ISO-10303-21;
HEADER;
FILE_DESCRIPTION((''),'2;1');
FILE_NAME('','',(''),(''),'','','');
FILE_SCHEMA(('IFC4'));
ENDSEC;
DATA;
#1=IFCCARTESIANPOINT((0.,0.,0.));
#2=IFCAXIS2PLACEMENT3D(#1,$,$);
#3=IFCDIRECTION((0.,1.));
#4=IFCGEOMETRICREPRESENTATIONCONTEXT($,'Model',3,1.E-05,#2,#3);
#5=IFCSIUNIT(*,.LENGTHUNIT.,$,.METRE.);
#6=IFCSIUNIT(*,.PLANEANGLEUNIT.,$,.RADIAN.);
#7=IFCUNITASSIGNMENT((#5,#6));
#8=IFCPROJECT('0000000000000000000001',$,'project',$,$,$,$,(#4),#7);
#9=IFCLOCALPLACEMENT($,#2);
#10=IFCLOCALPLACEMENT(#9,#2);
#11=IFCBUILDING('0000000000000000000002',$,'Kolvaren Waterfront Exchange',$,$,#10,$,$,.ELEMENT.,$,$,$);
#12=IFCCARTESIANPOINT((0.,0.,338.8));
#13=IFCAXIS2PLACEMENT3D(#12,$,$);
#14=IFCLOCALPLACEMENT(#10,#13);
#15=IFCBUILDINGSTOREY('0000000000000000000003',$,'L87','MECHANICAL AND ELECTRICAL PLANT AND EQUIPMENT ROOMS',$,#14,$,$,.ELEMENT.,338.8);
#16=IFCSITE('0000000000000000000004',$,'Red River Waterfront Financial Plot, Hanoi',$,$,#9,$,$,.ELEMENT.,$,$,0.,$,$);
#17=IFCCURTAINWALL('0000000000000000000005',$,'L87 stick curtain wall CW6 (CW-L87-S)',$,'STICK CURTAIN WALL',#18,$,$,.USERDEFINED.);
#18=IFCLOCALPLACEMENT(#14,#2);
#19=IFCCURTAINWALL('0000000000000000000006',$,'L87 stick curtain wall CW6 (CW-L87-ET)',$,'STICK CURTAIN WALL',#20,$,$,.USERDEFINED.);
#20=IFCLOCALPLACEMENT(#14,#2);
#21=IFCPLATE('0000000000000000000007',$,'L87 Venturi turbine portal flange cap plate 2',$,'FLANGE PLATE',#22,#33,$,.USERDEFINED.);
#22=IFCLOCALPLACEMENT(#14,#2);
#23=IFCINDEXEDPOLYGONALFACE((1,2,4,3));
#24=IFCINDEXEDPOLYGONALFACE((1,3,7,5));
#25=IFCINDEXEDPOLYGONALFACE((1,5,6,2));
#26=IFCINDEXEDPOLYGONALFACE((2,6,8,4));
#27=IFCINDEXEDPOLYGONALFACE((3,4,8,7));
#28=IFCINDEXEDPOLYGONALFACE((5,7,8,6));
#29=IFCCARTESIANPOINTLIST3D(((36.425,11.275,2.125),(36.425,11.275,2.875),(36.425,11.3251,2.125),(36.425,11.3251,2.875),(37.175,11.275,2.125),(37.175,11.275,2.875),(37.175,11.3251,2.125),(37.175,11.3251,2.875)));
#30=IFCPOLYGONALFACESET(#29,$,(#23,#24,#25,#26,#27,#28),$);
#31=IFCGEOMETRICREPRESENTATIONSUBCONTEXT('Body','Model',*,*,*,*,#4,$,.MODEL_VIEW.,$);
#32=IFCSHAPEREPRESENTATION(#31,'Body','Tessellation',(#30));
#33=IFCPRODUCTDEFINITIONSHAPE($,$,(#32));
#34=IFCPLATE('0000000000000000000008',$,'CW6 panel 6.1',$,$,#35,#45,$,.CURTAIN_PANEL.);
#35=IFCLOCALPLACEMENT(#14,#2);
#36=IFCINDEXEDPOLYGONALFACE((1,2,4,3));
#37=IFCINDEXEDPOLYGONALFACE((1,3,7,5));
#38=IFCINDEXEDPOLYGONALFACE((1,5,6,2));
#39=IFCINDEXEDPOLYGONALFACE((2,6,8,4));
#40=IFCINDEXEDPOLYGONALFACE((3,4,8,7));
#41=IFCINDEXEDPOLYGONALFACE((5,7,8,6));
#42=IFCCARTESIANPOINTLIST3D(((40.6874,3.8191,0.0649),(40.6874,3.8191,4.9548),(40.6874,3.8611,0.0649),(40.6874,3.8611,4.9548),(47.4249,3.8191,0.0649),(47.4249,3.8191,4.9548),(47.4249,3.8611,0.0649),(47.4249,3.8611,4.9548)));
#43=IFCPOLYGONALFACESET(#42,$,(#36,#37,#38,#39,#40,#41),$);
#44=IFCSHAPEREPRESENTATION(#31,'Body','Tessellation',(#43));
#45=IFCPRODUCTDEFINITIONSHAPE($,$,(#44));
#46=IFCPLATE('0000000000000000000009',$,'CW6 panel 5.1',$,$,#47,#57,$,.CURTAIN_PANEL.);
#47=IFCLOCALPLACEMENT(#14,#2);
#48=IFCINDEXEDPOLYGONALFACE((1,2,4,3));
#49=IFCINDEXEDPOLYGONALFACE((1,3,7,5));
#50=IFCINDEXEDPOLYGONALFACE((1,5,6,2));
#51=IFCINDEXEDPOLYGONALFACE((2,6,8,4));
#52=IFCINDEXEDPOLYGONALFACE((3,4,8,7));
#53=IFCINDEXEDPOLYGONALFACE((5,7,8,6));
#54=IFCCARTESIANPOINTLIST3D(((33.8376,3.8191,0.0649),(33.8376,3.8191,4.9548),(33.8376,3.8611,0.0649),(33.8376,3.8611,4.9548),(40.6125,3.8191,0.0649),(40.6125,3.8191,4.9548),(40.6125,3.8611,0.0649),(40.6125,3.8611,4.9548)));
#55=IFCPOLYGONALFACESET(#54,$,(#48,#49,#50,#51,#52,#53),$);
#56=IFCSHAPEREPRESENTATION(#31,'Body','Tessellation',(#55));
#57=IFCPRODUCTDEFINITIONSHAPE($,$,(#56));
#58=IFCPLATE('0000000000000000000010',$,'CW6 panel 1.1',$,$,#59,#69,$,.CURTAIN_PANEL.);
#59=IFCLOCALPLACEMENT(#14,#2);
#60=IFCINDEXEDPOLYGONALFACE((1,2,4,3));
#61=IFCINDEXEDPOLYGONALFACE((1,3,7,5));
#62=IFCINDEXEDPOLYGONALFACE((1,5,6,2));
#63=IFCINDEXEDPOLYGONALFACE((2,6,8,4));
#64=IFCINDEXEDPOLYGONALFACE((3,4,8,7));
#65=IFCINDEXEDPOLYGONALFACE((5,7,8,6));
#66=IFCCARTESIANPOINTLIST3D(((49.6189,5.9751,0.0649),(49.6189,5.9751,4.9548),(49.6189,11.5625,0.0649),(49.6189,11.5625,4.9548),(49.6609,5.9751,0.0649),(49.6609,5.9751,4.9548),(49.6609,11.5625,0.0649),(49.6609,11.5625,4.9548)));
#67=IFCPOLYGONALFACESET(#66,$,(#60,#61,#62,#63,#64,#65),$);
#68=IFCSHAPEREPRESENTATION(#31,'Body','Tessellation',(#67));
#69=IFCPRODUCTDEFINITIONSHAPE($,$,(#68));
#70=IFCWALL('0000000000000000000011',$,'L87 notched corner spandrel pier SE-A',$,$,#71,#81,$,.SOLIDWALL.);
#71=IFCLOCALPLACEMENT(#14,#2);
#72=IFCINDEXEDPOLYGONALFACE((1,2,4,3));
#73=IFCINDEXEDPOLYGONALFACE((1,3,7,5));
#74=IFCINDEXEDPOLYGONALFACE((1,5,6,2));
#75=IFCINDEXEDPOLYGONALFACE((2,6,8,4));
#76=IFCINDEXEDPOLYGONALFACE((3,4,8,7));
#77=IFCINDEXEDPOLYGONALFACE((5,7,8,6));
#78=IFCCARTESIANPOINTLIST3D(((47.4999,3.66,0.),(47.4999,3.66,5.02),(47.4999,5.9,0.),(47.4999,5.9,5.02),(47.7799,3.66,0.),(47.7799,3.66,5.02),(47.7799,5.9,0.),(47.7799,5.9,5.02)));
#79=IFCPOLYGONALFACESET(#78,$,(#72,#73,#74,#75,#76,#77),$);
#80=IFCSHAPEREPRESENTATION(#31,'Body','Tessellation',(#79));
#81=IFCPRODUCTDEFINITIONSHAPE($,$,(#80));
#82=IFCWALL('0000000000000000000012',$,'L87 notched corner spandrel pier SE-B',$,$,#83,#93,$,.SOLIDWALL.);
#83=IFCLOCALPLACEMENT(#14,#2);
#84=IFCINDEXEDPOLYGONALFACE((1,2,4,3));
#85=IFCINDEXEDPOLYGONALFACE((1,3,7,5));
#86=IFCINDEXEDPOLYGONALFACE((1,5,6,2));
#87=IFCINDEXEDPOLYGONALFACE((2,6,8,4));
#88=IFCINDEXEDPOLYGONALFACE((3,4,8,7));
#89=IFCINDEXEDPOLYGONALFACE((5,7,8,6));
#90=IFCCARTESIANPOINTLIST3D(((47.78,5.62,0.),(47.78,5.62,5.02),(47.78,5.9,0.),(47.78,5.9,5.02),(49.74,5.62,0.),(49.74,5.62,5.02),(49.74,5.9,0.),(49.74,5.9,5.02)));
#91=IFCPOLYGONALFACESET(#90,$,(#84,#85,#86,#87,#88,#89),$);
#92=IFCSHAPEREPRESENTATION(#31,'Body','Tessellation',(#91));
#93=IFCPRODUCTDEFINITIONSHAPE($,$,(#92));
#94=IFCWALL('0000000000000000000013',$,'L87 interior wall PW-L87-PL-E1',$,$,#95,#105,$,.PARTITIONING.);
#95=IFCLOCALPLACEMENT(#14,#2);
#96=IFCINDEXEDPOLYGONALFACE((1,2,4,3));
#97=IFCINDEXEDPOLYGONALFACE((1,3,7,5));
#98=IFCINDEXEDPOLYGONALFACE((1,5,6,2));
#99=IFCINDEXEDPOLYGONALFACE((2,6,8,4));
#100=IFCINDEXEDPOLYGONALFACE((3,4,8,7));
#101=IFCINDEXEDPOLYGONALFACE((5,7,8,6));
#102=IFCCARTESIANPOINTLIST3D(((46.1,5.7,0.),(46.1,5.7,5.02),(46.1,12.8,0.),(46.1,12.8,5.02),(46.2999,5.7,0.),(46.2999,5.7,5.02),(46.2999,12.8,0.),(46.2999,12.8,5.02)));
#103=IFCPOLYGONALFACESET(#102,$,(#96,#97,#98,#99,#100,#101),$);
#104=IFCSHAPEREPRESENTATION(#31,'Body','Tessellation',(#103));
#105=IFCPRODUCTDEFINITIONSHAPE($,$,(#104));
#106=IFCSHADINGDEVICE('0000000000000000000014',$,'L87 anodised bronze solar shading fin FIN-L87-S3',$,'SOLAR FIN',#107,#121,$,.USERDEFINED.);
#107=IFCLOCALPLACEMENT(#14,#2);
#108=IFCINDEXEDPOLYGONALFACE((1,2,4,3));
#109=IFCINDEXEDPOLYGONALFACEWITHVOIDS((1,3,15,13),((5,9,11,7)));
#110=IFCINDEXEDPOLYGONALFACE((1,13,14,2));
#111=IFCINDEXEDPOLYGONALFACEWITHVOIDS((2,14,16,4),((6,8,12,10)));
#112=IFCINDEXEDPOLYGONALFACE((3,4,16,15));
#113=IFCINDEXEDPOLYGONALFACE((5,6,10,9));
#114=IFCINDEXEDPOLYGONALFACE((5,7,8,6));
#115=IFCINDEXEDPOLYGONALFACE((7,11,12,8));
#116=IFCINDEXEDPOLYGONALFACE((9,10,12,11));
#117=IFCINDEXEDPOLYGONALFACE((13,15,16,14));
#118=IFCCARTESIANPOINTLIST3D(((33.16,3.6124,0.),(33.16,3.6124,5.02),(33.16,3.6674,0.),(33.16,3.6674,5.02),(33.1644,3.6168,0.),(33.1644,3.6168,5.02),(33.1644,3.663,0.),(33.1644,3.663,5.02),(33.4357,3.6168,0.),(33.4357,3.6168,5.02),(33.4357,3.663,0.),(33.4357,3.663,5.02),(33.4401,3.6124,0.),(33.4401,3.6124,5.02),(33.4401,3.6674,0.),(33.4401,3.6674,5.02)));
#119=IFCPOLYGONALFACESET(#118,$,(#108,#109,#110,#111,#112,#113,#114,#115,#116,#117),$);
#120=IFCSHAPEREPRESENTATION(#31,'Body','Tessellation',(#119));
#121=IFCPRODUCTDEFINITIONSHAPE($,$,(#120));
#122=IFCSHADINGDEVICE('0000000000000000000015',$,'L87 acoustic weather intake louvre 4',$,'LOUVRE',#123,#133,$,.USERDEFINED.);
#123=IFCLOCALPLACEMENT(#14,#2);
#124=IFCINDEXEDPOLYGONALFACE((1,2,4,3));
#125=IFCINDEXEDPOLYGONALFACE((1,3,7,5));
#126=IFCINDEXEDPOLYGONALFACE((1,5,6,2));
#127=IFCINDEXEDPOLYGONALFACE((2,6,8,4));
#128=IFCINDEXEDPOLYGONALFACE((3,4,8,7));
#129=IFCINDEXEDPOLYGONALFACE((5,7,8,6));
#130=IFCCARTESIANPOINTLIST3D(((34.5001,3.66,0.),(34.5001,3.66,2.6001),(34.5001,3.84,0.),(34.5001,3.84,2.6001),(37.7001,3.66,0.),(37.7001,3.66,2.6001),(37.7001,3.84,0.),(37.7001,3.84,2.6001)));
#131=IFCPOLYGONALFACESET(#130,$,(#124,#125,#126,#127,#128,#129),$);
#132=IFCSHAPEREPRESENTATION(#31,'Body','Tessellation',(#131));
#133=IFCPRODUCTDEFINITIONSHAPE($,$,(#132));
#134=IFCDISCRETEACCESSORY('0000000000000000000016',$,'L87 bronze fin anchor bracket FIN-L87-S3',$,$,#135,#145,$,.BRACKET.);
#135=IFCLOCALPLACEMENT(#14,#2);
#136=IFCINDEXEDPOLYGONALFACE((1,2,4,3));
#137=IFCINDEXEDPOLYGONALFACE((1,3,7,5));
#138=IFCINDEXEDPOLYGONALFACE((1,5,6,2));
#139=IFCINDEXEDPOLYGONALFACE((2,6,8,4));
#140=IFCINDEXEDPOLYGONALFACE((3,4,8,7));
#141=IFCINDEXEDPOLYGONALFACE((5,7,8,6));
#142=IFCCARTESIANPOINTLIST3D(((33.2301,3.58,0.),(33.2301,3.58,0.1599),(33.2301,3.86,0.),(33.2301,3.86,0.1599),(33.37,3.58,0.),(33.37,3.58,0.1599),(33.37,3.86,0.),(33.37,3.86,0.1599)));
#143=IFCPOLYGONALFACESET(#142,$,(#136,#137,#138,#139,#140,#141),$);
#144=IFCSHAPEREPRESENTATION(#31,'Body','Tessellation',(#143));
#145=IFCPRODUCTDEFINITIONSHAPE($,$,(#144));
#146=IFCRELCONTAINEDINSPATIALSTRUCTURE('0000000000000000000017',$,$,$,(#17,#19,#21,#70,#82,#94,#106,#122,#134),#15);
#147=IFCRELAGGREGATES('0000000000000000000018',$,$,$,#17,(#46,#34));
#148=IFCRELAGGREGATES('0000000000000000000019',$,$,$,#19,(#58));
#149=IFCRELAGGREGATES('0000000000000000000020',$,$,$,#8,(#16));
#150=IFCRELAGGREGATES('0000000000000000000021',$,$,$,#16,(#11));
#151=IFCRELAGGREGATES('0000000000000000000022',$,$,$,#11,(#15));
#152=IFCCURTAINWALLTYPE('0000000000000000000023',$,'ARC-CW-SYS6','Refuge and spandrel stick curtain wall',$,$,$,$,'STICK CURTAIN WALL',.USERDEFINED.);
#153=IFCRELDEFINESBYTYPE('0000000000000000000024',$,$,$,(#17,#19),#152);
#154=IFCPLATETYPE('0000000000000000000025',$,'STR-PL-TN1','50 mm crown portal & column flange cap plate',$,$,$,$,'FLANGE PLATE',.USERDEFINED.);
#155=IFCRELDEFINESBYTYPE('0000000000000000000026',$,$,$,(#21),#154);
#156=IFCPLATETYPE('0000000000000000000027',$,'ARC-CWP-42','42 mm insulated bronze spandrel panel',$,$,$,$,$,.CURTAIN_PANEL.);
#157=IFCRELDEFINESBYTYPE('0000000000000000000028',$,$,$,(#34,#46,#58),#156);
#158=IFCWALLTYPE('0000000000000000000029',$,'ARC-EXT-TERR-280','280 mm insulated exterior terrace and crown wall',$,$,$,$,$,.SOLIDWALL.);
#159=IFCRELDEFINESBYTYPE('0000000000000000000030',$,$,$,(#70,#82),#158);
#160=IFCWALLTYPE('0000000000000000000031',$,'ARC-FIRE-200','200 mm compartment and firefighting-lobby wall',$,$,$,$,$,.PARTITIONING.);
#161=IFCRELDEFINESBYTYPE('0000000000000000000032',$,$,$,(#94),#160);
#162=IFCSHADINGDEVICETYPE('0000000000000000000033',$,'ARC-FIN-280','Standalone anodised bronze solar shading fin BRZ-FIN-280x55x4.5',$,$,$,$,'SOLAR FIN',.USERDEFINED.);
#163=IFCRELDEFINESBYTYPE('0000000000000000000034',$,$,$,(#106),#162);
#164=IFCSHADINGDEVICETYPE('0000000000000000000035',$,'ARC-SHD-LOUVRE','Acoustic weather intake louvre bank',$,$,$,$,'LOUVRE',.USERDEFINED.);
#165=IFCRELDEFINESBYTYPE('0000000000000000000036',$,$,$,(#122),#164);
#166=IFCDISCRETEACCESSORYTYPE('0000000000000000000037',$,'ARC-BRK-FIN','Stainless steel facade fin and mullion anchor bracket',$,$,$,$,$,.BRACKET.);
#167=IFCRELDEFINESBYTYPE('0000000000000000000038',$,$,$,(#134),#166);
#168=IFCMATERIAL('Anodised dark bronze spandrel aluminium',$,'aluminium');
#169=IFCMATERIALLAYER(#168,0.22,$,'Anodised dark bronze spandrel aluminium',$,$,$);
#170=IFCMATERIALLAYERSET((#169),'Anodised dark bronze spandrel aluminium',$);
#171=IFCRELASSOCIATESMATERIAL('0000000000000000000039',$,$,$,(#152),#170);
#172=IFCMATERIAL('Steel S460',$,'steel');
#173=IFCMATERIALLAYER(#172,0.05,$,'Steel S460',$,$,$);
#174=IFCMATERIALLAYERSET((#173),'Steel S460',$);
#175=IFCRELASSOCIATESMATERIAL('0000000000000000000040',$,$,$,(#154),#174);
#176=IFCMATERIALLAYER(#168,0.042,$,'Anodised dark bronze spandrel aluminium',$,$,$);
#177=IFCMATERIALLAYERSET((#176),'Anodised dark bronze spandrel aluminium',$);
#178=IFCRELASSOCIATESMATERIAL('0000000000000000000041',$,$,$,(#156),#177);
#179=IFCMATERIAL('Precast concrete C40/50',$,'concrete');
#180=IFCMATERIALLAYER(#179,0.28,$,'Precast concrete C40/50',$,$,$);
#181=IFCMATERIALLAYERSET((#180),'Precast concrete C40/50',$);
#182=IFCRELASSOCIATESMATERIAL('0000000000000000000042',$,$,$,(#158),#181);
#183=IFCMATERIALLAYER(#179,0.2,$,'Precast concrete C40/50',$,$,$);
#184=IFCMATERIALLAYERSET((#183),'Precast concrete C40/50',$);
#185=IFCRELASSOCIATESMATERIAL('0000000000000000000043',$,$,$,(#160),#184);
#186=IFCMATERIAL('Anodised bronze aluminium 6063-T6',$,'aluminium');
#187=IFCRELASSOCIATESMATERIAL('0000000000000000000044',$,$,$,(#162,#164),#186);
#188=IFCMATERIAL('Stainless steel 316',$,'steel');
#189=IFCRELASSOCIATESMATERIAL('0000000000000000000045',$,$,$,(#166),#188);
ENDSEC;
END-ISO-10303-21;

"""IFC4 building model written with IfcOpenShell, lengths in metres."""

from ifc_helpers import new_model, si_unit, direction, frame, frame_2d, origin, origin_with_axes, origin_2d, place, context, subcontext, project, spatial, rectangle, hollow_rectangle, extrude, source, transform, mapped, material, layer, layer_set, material_profile, profile_set, type_object, element, aggregate, save


model = new_model("IFC4")

# Units and contexts
model_context = context("Model", 3, precision=1e-05, world=origin(), true_north=direction((0.0, 1.0)))
body_context = subcontext(model_context, "Body", "Model", "MODEL_VIEW")
ifc_project = project(units=[si_unit("LENGTHUNIT", "METRE"), si_unit("PLANEANGLEUNIT", "RADIAN")], contexts=[model_context])

# Site, building, storey
site_placement = place(None, origin())
site = spatial("IfcSite", under=ifc_project, at=site_placement, Name="Red River Waterfront Financial Plot, Hanoi", CompositionType="ELEMENT", RefElevation=0.0)
building_placement = place(site_placement, origin())
building = spatial("IfcBuilding", under=site, at=building_placement, Name="Kolvaren Waterfront Exchange", CompositionType="ELEMENT")
storey_placement = place(building_placement, frame((0.0, 0.0, 338.8)))
storey = spatial("IfcBuildingStorey", under=building, at=storey_placement, Name="L87", Description="MECHANICAL AND ELECTRICAL PLANT AND EQUIPMENT ROOMS", CompositionType="ELEMENT", Elevation=338.8)

# Shared definitions
ifc_material_1 = material(Name="Steel S460", Category="steel")

# Curtain wall
ifc_material_2 = material(Name="Anodised dark bronze spandrel aluminium", Category="aluminium")
ifc_layer_1 = layer(ifc_material_2, 0.22, Name="Anodised dark bronze spandrel aluminium")
ifc_layer_set_1 = layer_set([ifc_layer_1], Name="Anodised dark bronze spandrel aluminium")
curtain_wall_type = type_object("IfcCurtainWallType", Name="ARC-CW-SYS6", Description="Refuge and spandrel stick curtain wall", ElementType="STICK CURTAIN WALL", PredefinedType="USERDEFINED", material=ifc_layer_set_1)
curtain_wall_1_placement = place(storey_placement, origin())
curtain_wall_1 = element("IfcCurtainWall", 1, at=curtain_wall_1_placement, inside=storey, type_object=curtain_wall_type, Name="L87 stick curtain wall CW6 (CW-L87-S)", ObjectType="STICK CURTAIN WALL", PredefinedType="USERDEFINED")
ifc_material_3 = material(Name="Anodised bronze aluminium 6063-T6", Category="aluminium")

# Curtain wall
curtain_wall_2_placement = place(storey_placement, origin())
curtain_wall_2 = element("IfcCurtainWall", 2, at=curtain_wall_2_placement, inside=storey, type_object=curtain_wall_type, Name="L87 stick curtain wall CW6 (CW-L87-ET)", ObjectType="STICK CURTAIN WALL", PredefinedType="USERDEFINED")

# Plate
ifc_layer_2 = layer(ifc_material_1, 0.05, Name="Steel S460")
ifc_layer_set_2 = layer_set([ifc_layer_2], Name="Steel S460")
plate_type_1 = type_object("IfcPlateType", Name="STR-PL-TN1", Description="50 mm crown portal & column flange cap plate", ElementType="FLANGE PLATE", PredefinedType="USERDEFINED", material=ifc_layer_set_2)
shared_shape_1 = source(origin_with_axes(), body_context, "Body", "SweptSolid", [
    extrude(rectangle(XDim=0.75, YDim=0.05, at=origin_2d()), origin(), (0.0, 0.0, 1.0), 0.75),
])
plate_1_placement = place(storey_placement, frame((36.8, 11.3, 2.125), z_axis=(0.0, 0.0, 1.0), x_axis=(1.0, 0.0, 0.0)))
element("IfcPlate", 3, at=plate_1_placement, inside=storey, type_object=plate_type_1, Name="L87 Venturi turbine portal flange cap plate 2", ObjectType="FLANGE PLATE", PredefinedType="USERDEFINED", context=body_context, shape_type="MappedRepresentation", body=[
    mapped(shared_shape_1, transform((0.0, 0.0, 0.0), x_axis=(1.0, 0.0, 0.0), y_axis=(0.0, 1.0, 0.0), z_axis=(0.0, 0.0, 1.0), scale=1.0)),
])

# Plates
ifc_layer_3 = layer(ifc_material_2, 0.042, Name="Anodised dark bronze spandrel aluminium")
ifc_layer_set_3 = layer_set([ifc_layer_3], Name="Anodised dark bronze spandrel aluminium")
plate_type_2 = type_object("IfcPlateType", Name="ARC-CWP-42", Description="42 mm insulated bronze spandrel panel", PredefinedType="CURTAIN_PANEL", material=ifc_layer_set_3)
shared_shape_2 = source(origin_with_axes(), body_context, "Body", "SweptSolid", [
    extrude(rectangle(XDim=6.7375, YDim=0.042, at=origin_2d()), origin(), (0.0, 0.0, 1.0), 4.8899),
])
plate_2_placement = place(storey_placement, frame((44.0562, 3.8401, 0.0649), z_axis=(0.0, 0.0, 1.0), x_axis=(1.0, 0.0, 0.0)))
plate_2 = element("IfcPlate", 4, at=plate_2_placement, type_object=plate_type_2, Name="CW6 panel 6.1", PredefinedType="CURTAIN_PANEL", context=body_context, shape_type="MappedRepresentation", body=[
    mapped(shared_shape_2, transform((0.0, 0.0, 0.0), x_axis=(1.0, 0.0, 0.0), y_axis=(0.0, 1.0, 0.0), z_axis=(0.0, 0.0, 1.0), scale=1.0)),
])
shared_shape_3 = source(origin_with_axes(), body_context, "Body", "SweptSolid", [
    extrude(rectangle(XDim=6.7749, YDim=0.042, at=origin_2d()), origin(), (0.0, 0.0, 1.0), 4.8899),
])
plate_3_placement = place(storey_placement, frame((37.2251, 3.8401, 0.0649), z_axis=(0.0, 0.0, 1.0), x_axis=(1.0, 0.0, 0.0)))
plate_3 = element("IfcPlate", 5, at=plate_3_placement, type_object=plate_type_2, Name="CW6 panel 5.1", PredefinedType="CURTAIN_PANEL", context=body_context, shape_type="MappedRepresentation", body=[
    mapped(shared_shape_3, transform((0.0, 0.0, 0.0), x_axis=(1.0, 0.0, 0.0), y_axis=(0.0, 1.0, 0.0), z_axis=(0.0, 0.0, 1.0), scale=1.0)),
])
aggregate(curtain_wall_1, [plate_3, plate_2])
shared_shape_4 = source(origin_with_axes(), body_context, "Body", "SweptSolid", [
    extrude(rectangle(XDim=5.5874, YDim=0.042, at=origin_2d()), origin(), (0.0, 0.0, 1.0), 4.8899),
])
plate_4_placement = place(storey_placement, frame((49.6399, 8.7688, 0.0649), z_axis=(0.0, 0.0, 1.0), x_axis=(0.0, 1.0, 0.0)))
plate_4 = element("IfcPlate", 6, at=plate_4_placement, type_object=plate_type_2, Name="CW6 panel 1.1", PredefinedType="CURTAIN_PANEL", context=body_context, shape_type="MappedRepresentation", body=[
    mapped(shared_shape_4, transform((0.0, 0.0, 0.0), x_axis=(1.0, 0.0, 0.0), y_axis=(0.0, 1.0, 0.0), z_axis=(0.0, 0.0, 1.0), scale=1.0)),
])
aggregate(curtain_wall_2, [plate_4])

# Walls
ifc_material_4 = material(Name="Precast concrete C40/50", Category="concrete")
ifc_layer_4 = layer(ifc_material_4, 0.28, Name="Precast concrete C40/50")
ifc_layer_set_4 = layer_set([ifc_layer_4], Name="Precast concrete C40/50")
wall_type_1 = type_object("IfcWallType", Name="ARC-EXT-TERR-280", Description="280 mm insulated exterior terrace and crown wall", PredefinedType="SOLIDWALL", material=ifc_layer_set_4)
wall_1_placement = place(storey_placement, frame((47.6399, 3.6599, 0.0), z_axis=(0.0, 0.0, 1.0), x_axis=(0.0, 1.0, 0.0)))
element("IfcWall", 7, at=wall_1_placement, inside=storey, type_object=wall_type_1, Name="L87 notched corner spandrel pier SE-A", PredefinedType="SOLIDWALL", context=body_context, shape_type="SweptSolid", body=[
    extrude(rectangle(XDim=2.24, YDim=0.28, at=frame_2d((1.1201, 0.0))), origin(), (0.0, 0.0, 1.0), 5.02),
])
wall_2_placement = place(storey_placement, frame((47.78, 5.76, 0.0), z_axis=(0.0, 0.0, 1.0), x_axis=(1.0, 0.0, 0.0)))
element("IfcWall", 8, at=wall_2_placement, inside=storey, type_object=wall_type_1, Name="L87 notched corner spandrel pier SE-B", PredefinedType="SOLIDWALL", context=body_context, shape_type="SweptSolid", body=[
    extrude(rectangle(XDim=1.96, YDim=0.28, at=frame_2d((0.98, 0.0))), origin(), (0.0, 0.0, 1.0), 5.02),
])
ifc_layer_5 = layer(ifc_material_4, 0.2, Name="Precast concrete C40/50")
ifc_layer_set_5 = layer_set([ifc_layer_5], Name="Precast concrete C40/50")
wall_type_2 = type_object("IfcWallType", Name="ARC-FIRE-200", Description="200 mm compartment and firefighting-lobby wall", PredefinedType="PARTITIONING", material=ifc_layer_set_5)
wall_3_placement = place(storey_placement, frame((46.2, 5.7, 0.0), z_axis=(0.0, 0.0, 1.0), x_axis=(0.0, 1.0, 0.0)))
element("IfcWall", 9, at=wall_3_placement, inside=storey, type_object=wall_type_2, Name="L87 interior wall PW-L87-PL-E1", PredefinedType="PARTITIONING", context=body_context, shape_type="SweptSolid", body=[
    extrude(rectangle(XDim=7.1001, YDim=0.2, at=frame_2d((3.55, 0.0))), origin(), (0.0, 0.0, 1.0), 5.02),
])

# Shading devices
ifc_material_profile_1 = material_profile(ifc_material_3, hollow_rectangle(XDim=0.0549, YDim=0.28, WallThickness=0.0044, at=origin_2d()), Name="BRZ-FIN-280x55x4.5")
ifc_profile_set_1 = profile_set([ifc_material_profile_1], Name="Anodised bronze aluminium 6063-T6")
shading_device_type_1 = type_object("IfcShadingDeviceType", Name="ARC-FIN-280", Description="Standalone anodised bronze solar shading fin BRZ-FIN-280x55x4.5", ElementType="SOLAR FIN", PredefinedType="USERDEFINED", material=ifc_profile_set_1)
shading_device_1_placement = place(storey_placement, frame((33.3, 3.6399, 0.0), z_axis=(0.0, 0.0, 1.0), x_axis=(0.0, -1.0, 0.0)))
element("IfcShadingDevice", 10, at=shading_device_1_placement, inside=storey, type_object=shading_device_type_1, Name="L87 anodised bronze solar shading fin FIN-L87-S3", ObjectType="SOLAR FIN", PredefinedType="USERDEFINED", context=body_context, shape_type="SweptSolid", body=[
    extrude(hollow_rectangle(XDim=0.0549, YDim=0.28, WallThickness=0.0044, at=origin_2d()), origin(), (0.0, 0.0, 1.0), 5.02),
])
shading_device_type_2 = type_object("IfcShadingDeviceType", Name="ARC-SHD-LOUVRE", Description="Acoustic weather intake louvre bank", ElementType="LOUVRE", PredefinedType="USERDEFINED", material=ifc_material_3)
shared_shape_5 = source(origin_with_axes(), body_context, "Body", "SweptSolid", [
    extrude(rectangle(XDim=3.2, YDim=0.1799, at=origin_2d()), origin(), (0.0, 0.0, 1.0), 2.6001),
])
shading_device_2_placement = place(storey_placement, frame((36.1001, 3.75, 0.0), z_axis=(0.0, 0.0, 1.0), x_axis=(1.0, 0.0, 0.0)))
element("IfcShadingDevice", 11, at=shading_device_2_placement, inside=storey, type_object=shading_device_type_2, Name="L87 acoustic weather intake louvre 4", ObjectType="LOUVRE", PredefinedType="USERDEFINED", context=body_context, shape_type="MappedRepresentation", body=[
    mapped(shared_shape_5, transform((0.0, 0.0, 0.0), x_axis=(1.0, 0.0, 0.0), y_axis=(0.0, 1.0, 0.0), z_axis=(0.0, 0.0, 1.0), scale=1.0)),
])

# Discrete accessory
ifc_material_5 = material(Name="Stainless steel 316", Category="steel")
discrete_accessory_type = type_object("IfcDiscreteAccessoryType", Name="ARC-BRK-FIN", Description="Stainless steel facade fin and mullion anchor bracket", PredefinedType="BRACKET", material=ifc_material_5)
shared_shape_6 = source(origin_with_axes(), body_context, "Body", "SweptSolid", [
    extrude(rectangle(XDim=0.28, YDim=0.1399, at=origin_2d()), origin(), (0.0, 0.0, 1.0), 0.1599),
])
discrete_accessory_placement = place(storey_placement, frame((33.3, 3.72, 0.0), z_axis=(0.0, 0.0, 1.0), x_axis=(0.0, -1.0, 0.0)))
element("IfcDiscreteAccessory", 12, at=discrete_accessory_placement, inside=storey, type_object=discrete_accessory_type, Name="L87 bronze fin anchor bracket FIN-L87-S3", PredefinedType="BRACKET", context=body_context, shape_type="MappedRepresentation", body=[
    mapped(shared_shape_6, transform((0.0, 0.0, 0.0), x_axis=(1.0, 0.0, 0.0), y_axis=(0.0, 1.0, 0.0), z_axis=(0.0, 0.0, 1.0), scale=1.0)),
])

save(model, "model.ifc")
